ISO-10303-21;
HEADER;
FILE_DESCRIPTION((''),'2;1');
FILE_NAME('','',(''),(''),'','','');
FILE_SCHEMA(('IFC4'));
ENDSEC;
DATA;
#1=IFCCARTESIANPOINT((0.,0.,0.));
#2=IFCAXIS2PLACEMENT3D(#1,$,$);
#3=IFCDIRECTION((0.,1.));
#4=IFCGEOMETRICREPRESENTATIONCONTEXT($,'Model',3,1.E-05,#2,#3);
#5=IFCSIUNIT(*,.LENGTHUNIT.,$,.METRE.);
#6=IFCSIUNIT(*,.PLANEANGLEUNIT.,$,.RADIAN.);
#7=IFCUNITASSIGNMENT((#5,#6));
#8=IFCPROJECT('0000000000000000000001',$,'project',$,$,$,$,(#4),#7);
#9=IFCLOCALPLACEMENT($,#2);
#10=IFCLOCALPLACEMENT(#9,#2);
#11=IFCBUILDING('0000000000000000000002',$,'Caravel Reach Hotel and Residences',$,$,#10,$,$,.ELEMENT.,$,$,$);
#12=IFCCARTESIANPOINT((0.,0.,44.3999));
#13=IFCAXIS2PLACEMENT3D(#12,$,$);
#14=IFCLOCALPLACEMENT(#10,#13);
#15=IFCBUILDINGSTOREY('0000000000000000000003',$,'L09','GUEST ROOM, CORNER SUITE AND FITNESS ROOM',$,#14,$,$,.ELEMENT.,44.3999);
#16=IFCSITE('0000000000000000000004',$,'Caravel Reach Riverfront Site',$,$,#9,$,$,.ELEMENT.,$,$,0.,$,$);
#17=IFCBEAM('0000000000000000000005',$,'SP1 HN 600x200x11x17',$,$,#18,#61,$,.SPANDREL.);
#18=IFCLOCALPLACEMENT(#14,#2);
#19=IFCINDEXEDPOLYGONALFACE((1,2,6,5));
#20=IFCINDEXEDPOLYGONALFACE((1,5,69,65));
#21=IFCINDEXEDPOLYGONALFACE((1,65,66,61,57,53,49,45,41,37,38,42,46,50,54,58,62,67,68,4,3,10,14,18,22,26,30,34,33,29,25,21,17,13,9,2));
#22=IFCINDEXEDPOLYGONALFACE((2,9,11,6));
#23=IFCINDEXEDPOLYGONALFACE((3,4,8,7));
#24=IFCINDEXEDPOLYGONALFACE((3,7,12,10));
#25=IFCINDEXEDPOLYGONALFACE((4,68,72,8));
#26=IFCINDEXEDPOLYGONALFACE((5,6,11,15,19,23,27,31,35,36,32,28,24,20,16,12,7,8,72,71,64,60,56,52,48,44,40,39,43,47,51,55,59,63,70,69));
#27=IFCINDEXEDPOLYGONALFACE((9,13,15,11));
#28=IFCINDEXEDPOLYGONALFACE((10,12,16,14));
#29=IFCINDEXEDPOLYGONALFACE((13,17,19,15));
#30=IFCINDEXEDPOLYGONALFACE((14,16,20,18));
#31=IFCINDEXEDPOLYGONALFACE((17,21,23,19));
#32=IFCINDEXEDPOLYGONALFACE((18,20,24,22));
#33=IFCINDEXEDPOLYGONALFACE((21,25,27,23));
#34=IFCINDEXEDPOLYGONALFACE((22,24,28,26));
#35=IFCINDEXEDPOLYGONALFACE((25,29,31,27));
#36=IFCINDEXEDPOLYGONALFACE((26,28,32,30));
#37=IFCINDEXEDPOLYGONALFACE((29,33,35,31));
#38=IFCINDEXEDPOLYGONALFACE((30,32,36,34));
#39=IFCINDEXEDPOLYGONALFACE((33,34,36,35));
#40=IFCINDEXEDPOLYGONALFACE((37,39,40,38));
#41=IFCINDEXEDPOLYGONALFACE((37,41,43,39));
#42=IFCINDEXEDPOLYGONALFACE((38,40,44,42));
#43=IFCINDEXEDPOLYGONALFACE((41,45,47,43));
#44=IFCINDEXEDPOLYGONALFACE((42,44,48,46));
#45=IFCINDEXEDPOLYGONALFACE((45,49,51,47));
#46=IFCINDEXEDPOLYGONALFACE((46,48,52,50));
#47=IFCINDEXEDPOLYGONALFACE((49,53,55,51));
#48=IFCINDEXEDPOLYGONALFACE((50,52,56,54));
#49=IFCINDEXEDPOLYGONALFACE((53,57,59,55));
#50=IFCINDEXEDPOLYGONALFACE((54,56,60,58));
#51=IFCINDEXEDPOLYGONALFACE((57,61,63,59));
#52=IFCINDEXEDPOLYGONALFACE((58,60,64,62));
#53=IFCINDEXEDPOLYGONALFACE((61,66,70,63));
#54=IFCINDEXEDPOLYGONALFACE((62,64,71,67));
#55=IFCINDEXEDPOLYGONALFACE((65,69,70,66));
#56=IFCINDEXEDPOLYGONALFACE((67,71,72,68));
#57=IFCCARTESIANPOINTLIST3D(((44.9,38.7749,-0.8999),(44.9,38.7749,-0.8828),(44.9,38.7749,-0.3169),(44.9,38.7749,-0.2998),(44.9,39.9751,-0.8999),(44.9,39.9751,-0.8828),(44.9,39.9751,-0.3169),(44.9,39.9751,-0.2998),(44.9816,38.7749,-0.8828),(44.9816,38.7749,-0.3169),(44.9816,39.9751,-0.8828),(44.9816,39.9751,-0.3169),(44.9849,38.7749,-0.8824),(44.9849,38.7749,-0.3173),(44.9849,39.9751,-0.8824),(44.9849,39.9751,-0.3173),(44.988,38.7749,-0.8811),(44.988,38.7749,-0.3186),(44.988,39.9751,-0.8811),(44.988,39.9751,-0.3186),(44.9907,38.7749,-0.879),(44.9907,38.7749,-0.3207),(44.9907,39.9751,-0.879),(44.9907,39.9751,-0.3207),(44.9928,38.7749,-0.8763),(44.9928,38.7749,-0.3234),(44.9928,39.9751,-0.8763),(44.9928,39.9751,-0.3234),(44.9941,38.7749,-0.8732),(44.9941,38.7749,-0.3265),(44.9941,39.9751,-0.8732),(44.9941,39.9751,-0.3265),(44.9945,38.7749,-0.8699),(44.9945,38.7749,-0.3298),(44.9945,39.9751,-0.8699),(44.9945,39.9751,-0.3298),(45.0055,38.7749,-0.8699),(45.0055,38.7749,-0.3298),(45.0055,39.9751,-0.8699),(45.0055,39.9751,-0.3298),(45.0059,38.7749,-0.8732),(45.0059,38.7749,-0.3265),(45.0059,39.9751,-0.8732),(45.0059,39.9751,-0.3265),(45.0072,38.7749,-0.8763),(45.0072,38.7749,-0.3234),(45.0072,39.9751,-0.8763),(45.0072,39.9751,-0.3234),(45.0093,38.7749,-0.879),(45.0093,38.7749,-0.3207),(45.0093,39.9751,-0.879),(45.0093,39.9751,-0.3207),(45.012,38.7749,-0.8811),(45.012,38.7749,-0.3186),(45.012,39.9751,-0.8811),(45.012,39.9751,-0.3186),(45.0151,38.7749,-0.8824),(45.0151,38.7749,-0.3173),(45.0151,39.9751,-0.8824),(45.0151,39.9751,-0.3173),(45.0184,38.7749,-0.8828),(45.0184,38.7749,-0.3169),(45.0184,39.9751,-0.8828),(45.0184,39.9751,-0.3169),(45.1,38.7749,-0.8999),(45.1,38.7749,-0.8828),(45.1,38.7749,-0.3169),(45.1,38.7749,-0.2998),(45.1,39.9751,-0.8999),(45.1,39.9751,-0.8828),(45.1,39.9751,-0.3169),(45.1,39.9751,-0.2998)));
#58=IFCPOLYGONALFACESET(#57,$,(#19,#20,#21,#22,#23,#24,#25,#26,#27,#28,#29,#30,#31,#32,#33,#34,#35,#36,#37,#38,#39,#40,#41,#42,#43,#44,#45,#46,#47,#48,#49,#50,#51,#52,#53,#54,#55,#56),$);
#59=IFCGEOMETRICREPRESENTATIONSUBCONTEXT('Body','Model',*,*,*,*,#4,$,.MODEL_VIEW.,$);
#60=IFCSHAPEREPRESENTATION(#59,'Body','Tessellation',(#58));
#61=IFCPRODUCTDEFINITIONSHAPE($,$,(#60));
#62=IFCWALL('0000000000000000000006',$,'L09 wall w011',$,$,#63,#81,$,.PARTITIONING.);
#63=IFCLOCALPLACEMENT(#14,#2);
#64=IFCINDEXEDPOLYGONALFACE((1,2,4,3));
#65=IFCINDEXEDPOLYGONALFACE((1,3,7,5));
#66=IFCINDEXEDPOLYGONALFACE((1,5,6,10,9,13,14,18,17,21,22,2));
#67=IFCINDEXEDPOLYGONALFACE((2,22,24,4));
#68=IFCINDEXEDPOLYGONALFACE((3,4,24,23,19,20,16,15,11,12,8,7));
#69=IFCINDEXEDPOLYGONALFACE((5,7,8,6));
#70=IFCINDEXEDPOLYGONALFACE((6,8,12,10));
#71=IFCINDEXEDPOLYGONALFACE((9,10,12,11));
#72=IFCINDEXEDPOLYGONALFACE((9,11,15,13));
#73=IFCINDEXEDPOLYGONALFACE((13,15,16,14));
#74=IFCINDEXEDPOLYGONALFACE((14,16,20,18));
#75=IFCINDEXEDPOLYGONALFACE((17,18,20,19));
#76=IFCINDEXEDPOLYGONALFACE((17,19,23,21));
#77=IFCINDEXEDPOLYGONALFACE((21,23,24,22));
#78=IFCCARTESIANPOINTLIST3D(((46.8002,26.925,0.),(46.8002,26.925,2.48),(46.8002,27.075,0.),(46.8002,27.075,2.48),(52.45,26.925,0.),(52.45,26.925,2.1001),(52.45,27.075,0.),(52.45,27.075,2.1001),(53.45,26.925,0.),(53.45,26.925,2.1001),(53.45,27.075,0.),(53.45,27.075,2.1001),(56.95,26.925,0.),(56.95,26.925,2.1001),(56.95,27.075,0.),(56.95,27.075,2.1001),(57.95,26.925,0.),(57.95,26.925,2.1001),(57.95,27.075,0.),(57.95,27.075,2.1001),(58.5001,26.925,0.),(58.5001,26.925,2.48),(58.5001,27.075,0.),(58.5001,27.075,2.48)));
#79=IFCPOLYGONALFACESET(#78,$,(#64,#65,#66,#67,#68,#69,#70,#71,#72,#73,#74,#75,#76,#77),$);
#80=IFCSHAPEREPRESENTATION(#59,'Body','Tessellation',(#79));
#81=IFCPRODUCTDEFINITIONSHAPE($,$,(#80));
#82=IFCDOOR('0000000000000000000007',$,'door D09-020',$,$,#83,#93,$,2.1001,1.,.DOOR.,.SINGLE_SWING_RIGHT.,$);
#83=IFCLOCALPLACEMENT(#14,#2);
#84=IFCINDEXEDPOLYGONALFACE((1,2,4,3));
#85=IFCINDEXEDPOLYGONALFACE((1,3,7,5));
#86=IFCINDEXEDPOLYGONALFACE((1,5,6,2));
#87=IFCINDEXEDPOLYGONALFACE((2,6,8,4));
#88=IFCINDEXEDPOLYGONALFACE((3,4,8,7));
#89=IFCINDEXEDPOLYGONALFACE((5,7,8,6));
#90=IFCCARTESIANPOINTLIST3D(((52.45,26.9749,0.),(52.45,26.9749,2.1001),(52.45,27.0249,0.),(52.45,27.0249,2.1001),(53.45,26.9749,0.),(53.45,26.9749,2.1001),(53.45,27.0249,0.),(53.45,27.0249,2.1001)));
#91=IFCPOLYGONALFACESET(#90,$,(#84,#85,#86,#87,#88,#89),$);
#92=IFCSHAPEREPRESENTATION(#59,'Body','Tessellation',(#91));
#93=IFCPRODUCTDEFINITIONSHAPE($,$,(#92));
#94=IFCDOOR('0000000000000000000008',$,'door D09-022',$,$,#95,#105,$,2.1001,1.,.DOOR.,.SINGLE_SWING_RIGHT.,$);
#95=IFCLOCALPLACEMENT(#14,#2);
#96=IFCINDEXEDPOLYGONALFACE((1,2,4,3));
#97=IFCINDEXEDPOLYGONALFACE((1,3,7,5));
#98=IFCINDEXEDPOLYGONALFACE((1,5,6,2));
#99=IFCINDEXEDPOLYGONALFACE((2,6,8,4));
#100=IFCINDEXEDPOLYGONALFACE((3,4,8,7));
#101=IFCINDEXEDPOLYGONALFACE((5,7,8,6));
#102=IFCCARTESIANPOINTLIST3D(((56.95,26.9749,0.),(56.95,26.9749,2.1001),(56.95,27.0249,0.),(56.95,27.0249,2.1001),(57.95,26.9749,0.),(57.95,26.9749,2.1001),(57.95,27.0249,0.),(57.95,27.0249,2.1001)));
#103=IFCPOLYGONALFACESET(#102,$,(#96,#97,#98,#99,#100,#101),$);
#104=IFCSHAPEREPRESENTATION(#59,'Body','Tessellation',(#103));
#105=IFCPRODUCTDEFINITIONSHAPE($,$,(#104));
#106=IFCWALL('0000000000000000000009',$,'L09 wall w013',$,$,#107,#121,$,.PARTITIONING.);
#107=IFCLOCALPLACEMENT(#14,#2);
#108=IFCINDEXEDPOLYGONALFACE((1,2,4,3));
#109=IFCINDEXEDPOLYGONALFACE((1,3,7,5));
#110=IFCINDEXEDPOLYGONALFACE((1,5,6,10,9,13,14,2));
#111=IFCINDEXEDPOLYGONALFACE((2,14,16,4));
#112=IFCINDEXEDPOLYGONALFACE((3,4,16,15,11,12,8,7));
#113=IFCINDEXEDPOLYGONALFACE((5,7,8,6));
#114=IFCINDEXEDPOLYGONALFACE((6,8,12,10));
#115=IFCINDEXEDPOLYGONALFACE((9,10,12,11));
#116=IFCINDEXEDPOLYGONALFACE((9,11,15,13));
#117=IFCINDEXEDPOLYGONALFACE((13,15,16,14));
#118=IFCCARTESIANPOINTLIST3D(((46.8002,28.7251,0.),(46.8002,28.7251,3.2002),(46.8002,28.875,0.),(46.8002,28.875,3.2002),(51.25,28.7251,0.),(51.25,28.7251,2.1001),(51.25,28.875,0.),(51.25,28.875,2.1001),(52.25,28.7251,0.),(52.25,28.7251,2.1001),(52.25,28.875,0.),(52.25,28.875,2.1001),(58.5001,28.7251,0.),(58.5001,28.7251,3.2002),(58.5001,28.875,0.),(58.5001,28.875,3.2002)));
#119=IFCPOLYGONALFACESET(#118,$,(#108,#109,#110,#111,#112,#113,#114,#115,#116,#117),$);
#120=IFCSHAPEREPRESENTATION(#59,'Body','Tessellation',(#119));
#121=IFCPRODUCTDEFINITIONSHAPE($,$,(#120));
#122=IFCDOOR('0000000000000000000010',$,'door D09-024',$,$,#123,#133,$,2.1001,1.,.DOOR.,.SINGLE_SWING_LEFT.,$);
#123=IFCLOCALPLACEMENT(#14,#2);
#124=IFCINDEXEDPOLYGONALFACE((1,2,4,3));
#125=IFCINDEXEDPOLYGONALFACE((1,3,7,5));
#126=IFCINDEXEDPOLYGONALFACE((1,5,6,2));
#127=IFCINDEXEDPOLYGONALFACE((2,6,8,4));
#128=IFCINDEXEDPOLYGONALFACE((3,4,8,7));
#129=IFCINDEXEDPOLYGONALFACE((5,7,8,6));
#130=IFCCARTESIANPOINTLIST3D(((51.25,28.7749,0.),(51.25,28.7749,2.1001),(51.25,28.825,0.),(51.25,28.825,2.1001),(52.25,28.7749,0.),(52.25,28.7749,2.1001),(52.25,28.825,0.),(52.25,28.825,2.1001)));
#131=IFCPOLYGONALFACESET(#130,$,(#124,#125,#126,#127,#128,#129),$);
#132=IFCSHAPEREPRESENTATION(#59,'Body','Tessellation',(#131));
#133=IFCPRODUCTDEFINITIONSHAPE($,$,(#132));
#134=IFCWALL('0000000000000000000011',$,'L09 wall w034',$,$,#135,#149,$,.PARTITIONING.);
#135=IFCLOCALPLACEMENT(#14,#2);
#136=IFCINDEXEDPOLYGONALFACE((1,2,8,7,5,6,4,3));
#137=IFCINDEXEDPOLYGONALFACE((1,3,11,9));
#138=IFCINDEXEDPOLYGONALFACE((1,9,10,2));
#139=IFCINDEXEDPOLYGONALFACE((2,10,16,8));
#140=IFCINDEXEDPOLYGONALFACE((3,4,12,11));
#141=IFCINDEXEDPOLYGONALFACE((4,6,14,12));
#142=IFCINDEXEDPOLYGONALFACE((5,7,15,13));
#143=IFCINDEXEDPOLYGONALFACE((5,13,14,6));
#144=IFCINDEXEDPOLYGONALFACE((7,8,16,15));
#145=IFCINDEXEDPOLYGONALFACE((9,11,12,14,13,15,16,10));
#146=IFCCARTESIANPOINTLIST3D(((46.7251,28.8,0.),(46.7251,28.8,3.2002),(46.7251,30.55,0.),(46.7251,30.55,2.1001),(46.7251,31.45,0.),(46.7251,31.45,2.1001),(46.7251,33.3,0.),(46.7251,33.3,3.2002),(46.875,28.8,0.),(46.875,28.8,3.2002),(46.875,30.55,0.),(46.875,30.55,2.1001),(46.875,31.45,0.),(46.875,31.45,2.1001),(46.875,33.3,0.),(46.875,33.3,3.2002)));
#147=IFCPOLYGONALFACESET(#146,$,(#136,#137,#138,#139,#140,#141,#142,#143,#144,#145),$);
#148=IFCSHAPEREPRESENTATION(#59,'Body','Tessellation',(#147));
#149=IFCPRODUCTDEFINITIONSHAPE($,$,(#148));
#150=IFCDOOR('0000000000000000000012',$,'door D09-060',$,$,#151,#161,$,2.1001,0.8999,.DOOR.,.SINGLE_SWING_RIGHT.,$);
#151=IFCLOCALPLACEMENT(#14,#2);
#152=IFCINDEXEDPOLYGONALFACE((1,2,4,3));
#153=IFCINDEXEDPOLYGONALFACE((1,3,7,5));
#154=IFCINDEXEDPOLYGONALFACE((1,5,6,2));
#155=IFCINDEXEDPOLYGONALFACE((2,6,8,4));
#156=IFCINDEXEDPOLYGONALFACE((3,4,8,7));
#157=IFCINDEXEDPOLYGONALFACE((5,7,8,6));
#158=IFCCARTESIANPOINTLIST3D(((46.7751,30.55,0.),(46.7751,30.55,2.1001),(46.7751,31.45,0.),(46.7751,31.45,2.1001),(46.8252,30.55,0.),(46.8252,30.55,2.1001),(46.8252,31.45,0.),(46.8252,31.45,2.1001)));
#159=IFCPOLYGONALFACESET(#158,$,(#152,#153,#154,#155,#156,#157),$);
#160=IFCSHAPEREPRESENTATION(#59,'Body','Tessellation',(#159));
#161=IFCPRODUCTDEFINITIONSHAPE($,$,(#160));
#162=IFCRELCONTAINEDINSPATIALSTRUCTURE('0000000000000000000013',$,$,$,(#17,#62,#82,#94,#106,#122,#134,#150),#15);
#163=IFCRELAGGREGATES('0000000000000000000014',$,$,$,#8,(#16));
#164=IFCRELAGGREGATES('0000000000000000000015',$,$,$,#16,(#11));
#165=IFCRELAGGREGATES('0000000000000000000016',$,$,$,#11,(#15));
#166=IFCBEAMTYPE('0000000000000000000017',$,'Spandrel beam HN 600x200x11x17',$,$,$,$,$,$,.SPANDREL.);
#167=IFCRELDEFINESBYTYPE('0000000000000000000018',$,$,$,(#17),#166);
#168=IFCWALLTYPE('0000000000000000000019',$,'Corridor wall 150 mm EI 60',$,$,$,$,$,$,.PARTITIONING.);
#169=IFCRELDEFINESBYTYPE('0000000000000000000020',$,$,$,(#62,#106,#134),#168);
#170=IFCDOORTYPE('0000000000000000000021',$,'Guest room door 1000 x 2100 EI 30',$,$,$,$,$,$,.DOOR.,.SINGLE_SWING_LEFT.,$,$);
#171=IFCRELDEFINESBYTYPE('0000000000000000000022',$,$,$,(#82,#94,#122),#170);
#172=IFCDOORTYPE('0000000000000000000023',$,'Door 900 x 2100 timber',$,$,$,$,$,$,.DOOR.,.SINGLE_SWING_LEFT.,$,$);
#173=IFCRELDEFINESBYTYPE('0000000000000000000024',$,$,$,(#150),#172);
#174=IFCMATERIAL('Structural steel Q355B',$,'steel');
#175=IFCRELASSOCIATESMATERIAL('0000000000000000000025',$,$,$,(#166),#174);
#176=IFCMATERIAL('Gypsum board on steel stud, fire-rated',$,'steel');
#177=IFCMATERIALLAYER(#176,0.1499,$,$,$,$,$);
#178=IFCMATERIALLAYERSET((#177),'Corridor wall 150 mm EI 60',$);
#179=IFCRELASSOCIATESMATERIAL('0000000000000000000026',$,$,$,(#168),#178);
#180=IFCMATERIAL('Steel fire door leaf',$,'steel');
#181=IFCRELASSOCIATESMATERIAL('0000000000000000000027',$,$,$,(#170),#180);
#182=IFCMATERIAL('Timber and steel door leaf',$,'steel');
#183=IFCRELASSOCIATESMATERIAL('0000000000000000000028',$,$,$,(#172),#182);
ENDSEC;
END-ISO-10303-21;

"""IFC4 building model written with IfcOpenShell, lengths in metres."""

from ifc_helpers import new_model, si_unit, direction, frame, frame_2d, origin, origin_2d, place, context, subcontext, project, spatial, rectangle, i_section, extrude, material, layer, layer_set, material_profile, profile_set, type_object, element, fill, save


model = new_model("IFC4")

# Units and contexts
model_context = context("Model", 3, precision=1e-05, world=origin(), true_north=direction((0.0, 1.0)))
body_context = subcontext(model_context, "Body", "Model", "MODEL_VIEW")
ifc_project = project(units=[si_unit("LENGTHUNIT", "METRE"), si_unit("PLANEANGLEUNIT", "RADIAN")], contexts=[model_context])

# Site, building, storey
site_placement = place(None, origin())
site = spatial("IfcSite", under=ifc_project, at=site_placement, Name="Caravel Reach Riverfront Site", CompositionType="ELEMENT", RefElevation=0.0)
building_placement = place(site_placement, origin())
building = spatial("IfcBuilding", under=site, at=building_placement, Name="Caravel Reach Hotel and Residences", CompositionType="ELEMENT")
storey_placement = place(building_placement, frame((0.0, 0.0, 44.3999)))
storey = spatial("IfcBuildingStorey", under=building, at=storey_placement, Name="L09", Description="GUEST ROOM, CORNER SUITE AND FITNESS ROOM", CompositionType="ELEMENT", Elevation=44.3999)

# Beam
ifc_material_1 = material(Name="Structural steel Q355B", Category="steel")
ifc_material_profile_1 = material_profile(ifc_material_1, i_section(OverallWidth=0.2, OverallDepth=0.6001, WebThickness=0.011, FlangeThickness=0.0171, FilletRadius=0.0129, at=origin_2d()), Name="HN 600x200x11x17")
ifc_profile_set_1 = profile_set([ifc_material_profile_1], Name="Structural steel Q355B")
beam_type_1 = type_object("IfcBeamType", Name="Spandrel beam HN 600x200x11x17", PredefinedType="SPANDREL", material=ifc_profile_set_1)
for number, where, z_axis, x_axis, name in (
    (1, (45.0, 38.7749, -0.5999), (0.0, 1.0, 0.0), (-1.0, 0.0, 0.0), "SP1 HN 600x200x11x17"),
):
    element("IfcBeam", number, at=place(storey_placement, frame(where, z_axis=z_axis, x_axis=x_axis)), inside=storey, type_object=beam_type_1, Name=name, PredefinedType="SPANDREL", context=body_context, shape_type="SweptSolid", body=[
        extrude(i_section(OverallWidth=0.2, OverallDepth=0.6001, WebThickness=0.011, FlangeThickness=0.0171, FilletRadius=0.0129, at=origin_2d()), origin(), (0.0, 0.0, 1.0), 1.2002),
    ])

# Wall, openings, doors
ifc_material_2 = material(Name="Gypsum board on steel stud, fire-rated", Category="steel")
ifc_layer_1 = layer(ifc_material_2, 0.1499)
ifc_layer_set_1 = layer_set([ifc_layer_1], Name="Corridor wall 150 mm EI 60")
wall_type_1 = type_object("IfcWallType", Name="Corridor wall 150 mm EI 60", PredefinedType="PARTITIONING", material=ifc_layer_set_1)
wall_1_placement = place(storey_placement, frame((46.8, 27.0, 0.0), z_axis=(0.0, 0.0, 1.0), x_axis=(1.0, 0.0, 0.0)))
wall_1 = element("IfcWall", 2, at=wall_1_placement, inside=storey, type_object=wall_type_1, Name="L09 wall w011", PredefinedType="PARTITIONING", context=body_context, shape_type="SweptSolid", body=[
    extrude(rectangle(XDim=11.7, YDim=0.1499, at=frame_2d((5.8501, 0.0))), origin(), (0.0, 0.0, 1.0), 2.48),
])
opening_1_placement = place(wall_1_placement, frame((5.6499, 0.0, 0.0)))
opening_1 = element("IfcOpeningElement", 3, at=opening_1_placement, cuts=wall_1, PredefinedType="OPENING", context=body_context, shape_type="SweptSolid", body=[
    extrude(rectangle(XDim=1.0, YDim=2.1001, at=frame_2d((0.5, 1.05))), frame((0.0, 0.085, 0.0), z_axis=(0.0, -1.0, 0.0), x_axis=(1.0, 0.0, 0.0)), (0.0, 0.0, 1.0), 0.1699),
])
opening_2_placement = place(wall_1_placement, frame((10.1499, 0.0, 0.0)))
opening_2 = element("IfcOpeningElement", 4, at=opening_2_placement, cuts=wall_1, PredefinedType="OPENING", context=body_context, shape_type="SweptSolid", body=[
    extrude(rectangle(XDim=1.0, YDim=2.1001, at=frame_2d((0.5, 1.05))), frame((0.0, 0.085, 0.0), z_axis=(0.0, -1.0, 0.0), x_axis=(1.0, 0.0, 0.0)), (0.0, 0.0, 1.0), 0.1699),
])
ifc_material_3 = material(Name="Steel fire door leaf", Category="steel")
door_type_1 = type_object("IfcDoorType", Name="Guest room door 1000 x 2100 EI 30", OperationType="SINGLE_SWING_LEFT", PredefinedType="DOOR", material=ifc_material_3)
door_1_placement = place(opening_1_placement, origin())
door_1 = element("IfcDoor", 5, at=door_1_placement, inside=storey, type_object=door_type_1, Name="door D09-020", OperationType="SINGLE_SWING_RIGHT", OverallHeight=2.1001, OverallWidth=1.0, PredefinedType="DOOR", context=body_context, shape_type="SweptSolid", body=[
    extrude(rectangle(XDim=1.0, YDim=2.1001, at=frame_2d((0.5, 1.05))), frame((0.0, 0.0249, 0.0), z_axis=(0.0, -1.0, 0.0), x_axis=(1.0, 0.0, 0.0)), (0.0, 0.0, 1.0), 0.05),
])
fill(opening_1, door_1)
door_2_placement = place(opening_2_placement, origin())
door_2 = element("IfcDoor", 6, at=door_2_placement, inside=storey, type_object=door_type_1, Name="door D09-022", OperationType="SINGLE_SWING_RIGHT", OverallHeight=2.1001, OverallWidth=1.0, PredefinedType="DOOR", context=body_context, shape_type="SweptSolid", body=[
    extrude(rectangle(XDim=1.0, YDim=2.1001, at=frame_2d((0.5, 1.05))), frame((0.0, 0.0249, 0.0), z_axis=(0.0, -1.0, 0.0), x_axis=(1.0, 0.0, 0.0)), (0.0, 0.0, 1.0), 0.05),
])
fill(opening_2, door_2)

# Walls, openings, doors
wall_2_placement = place(storey_placement, frame((46.8, 28.8, 0.0), z_axis=(0.0, 0.0, 1.0), x_axis=(1.0, 0.0, 0.0)))
wall_2 = element("IfcWall", 7, at=wall_2_placement, inside=storey, type_object=wall_type_1, Name="L09 wall w013", PredefinedType="PARTITIONING", context=body_context, shape_type="SweptSolid", body=[
    extrude(rectangle(XDim=11.7, YDim=0.1499, at=frame_2d((5.8501, 0.0))), origin(), (0.0, 0.0, 1.0), 3.2002),
])
opening_3_placement = place(wall_2_placement, frame((4.45, 0.0, 0.0)))
opening_3 = element("IfcOpeningElement", 8, at=opening_3_placement, cuts=wall_2, PredefinedType="OPENING", context=body_context, shape_type="SweptSolid", body=[
    extrude(rectangle(XDim=1.0, YDim=2.1001, at=frame_2d((0.5, 1.05))), frame((0.0, 0.085, 0.0), z_axis=(0.0, -1.0, 0.0), x_axis=(1.0, 0.0, 0.0)), (0.0, 0.0, 1.0), 0.1699),
])
door_3_placement = place(opening_3_placement, origin())
door_3 = element("IfcDoor", 9, at=door_3_placement, inside=storey, type_object=door_type_1, Name="door D09-024", OperationType="SINGLE_SWING_LEFT", OverallHeight=2.1001, OverallWidth=1.0, PredefinedType="DOOR", context=body_context, shape_type="SweptSolid", body=[
    extrude(rectangle(XDim=1.0, YDim=2.1001, at=frame_2d((0.5, 1.05))), frame((0.0, 0.0249, 0.0), z_axis=(0.0, -1.0, 0.0), x_axis=(1.0, 0.0, 0.0)), (0.0, 0.0, 1.0), 0.05),
])
fill(opening_3, door_3)
wall_3_placement = place(storey_placement, frame((46.8, 28.8, 0.0), z_axis=(0.0, 0.0, 1.0), x_axis=(0.0, 1.0, 0.0)))
wall_3 = element("IfcWall", 10, at=wall_3_placement, inside=storey, type_object=wall_type_1, Name="L09 wall w034", PredefinedType="PARTITIONING", context=body_context, shape_type="SweptSolid", body=[
    extrude(rectangle(XDim=4.5, YDim=0.1499, at=frame_2d((2.25, 0.0))), origin(), (0.0, 0.0, 1.0), 3.2002),
])
opening_4_placement = place(wall_3_placement, frame((1.75, 0.0, 0.0)))
opening_4 = element("IfcOpeningElement", 11, at=opening_4_placement, cuts=wall_3, PredefinedType="OPENING", context=body_context, shape_type="SweptSolid", body=[
    extrude(rectangle(XDim=0.8999, YDim=2.1001, at=frame_2d((0.45, 1.05))), frame((0.0, 0.085, 0.0), z_axis=(0.0, -1.0, 0.0), x_axis=(1.0, 0.0, 0.0)), (0.0, 0.0, 1.0), 0.1699),
])
ifc_material_4 = material(Name="Timber and steel door leaf", Category="steel")
door_type_2 = type_object("IfcDoorType", Name="Door 900 x 2100 timber", OperationType="SINGLE_SWING_LEFT", PredefinedType="DOOR", material=ifc_material_4)
door_4_placement = place(opening_4_placement, origin())
door_4 = element("IfcDoor", 12, at=door_4_placement, inside=storey, type_object=door_type_2, Name="door D09-060", OperationType="SINGLE_SWING_RIGHT", OverallHeight=2.1001, OverallWidth=0.8999, PredefinedType="DOOR", context=body_context, shape_type="SweptSolid", body=[
    extrude(rectangle(XDim=0.8999, YDim=2.1001, at=frame_2d((0.45, 1.05))), frame((0.0, 0.0249, 0.0), z_axis=(0.0, -1.0, 0.0), x_axis=(1.0, 0.0, 0.0)), (0.0, 0.0, 1.0), 0.05),
])
fill(opening_4, door_4)

save(model, "model.ifc")
